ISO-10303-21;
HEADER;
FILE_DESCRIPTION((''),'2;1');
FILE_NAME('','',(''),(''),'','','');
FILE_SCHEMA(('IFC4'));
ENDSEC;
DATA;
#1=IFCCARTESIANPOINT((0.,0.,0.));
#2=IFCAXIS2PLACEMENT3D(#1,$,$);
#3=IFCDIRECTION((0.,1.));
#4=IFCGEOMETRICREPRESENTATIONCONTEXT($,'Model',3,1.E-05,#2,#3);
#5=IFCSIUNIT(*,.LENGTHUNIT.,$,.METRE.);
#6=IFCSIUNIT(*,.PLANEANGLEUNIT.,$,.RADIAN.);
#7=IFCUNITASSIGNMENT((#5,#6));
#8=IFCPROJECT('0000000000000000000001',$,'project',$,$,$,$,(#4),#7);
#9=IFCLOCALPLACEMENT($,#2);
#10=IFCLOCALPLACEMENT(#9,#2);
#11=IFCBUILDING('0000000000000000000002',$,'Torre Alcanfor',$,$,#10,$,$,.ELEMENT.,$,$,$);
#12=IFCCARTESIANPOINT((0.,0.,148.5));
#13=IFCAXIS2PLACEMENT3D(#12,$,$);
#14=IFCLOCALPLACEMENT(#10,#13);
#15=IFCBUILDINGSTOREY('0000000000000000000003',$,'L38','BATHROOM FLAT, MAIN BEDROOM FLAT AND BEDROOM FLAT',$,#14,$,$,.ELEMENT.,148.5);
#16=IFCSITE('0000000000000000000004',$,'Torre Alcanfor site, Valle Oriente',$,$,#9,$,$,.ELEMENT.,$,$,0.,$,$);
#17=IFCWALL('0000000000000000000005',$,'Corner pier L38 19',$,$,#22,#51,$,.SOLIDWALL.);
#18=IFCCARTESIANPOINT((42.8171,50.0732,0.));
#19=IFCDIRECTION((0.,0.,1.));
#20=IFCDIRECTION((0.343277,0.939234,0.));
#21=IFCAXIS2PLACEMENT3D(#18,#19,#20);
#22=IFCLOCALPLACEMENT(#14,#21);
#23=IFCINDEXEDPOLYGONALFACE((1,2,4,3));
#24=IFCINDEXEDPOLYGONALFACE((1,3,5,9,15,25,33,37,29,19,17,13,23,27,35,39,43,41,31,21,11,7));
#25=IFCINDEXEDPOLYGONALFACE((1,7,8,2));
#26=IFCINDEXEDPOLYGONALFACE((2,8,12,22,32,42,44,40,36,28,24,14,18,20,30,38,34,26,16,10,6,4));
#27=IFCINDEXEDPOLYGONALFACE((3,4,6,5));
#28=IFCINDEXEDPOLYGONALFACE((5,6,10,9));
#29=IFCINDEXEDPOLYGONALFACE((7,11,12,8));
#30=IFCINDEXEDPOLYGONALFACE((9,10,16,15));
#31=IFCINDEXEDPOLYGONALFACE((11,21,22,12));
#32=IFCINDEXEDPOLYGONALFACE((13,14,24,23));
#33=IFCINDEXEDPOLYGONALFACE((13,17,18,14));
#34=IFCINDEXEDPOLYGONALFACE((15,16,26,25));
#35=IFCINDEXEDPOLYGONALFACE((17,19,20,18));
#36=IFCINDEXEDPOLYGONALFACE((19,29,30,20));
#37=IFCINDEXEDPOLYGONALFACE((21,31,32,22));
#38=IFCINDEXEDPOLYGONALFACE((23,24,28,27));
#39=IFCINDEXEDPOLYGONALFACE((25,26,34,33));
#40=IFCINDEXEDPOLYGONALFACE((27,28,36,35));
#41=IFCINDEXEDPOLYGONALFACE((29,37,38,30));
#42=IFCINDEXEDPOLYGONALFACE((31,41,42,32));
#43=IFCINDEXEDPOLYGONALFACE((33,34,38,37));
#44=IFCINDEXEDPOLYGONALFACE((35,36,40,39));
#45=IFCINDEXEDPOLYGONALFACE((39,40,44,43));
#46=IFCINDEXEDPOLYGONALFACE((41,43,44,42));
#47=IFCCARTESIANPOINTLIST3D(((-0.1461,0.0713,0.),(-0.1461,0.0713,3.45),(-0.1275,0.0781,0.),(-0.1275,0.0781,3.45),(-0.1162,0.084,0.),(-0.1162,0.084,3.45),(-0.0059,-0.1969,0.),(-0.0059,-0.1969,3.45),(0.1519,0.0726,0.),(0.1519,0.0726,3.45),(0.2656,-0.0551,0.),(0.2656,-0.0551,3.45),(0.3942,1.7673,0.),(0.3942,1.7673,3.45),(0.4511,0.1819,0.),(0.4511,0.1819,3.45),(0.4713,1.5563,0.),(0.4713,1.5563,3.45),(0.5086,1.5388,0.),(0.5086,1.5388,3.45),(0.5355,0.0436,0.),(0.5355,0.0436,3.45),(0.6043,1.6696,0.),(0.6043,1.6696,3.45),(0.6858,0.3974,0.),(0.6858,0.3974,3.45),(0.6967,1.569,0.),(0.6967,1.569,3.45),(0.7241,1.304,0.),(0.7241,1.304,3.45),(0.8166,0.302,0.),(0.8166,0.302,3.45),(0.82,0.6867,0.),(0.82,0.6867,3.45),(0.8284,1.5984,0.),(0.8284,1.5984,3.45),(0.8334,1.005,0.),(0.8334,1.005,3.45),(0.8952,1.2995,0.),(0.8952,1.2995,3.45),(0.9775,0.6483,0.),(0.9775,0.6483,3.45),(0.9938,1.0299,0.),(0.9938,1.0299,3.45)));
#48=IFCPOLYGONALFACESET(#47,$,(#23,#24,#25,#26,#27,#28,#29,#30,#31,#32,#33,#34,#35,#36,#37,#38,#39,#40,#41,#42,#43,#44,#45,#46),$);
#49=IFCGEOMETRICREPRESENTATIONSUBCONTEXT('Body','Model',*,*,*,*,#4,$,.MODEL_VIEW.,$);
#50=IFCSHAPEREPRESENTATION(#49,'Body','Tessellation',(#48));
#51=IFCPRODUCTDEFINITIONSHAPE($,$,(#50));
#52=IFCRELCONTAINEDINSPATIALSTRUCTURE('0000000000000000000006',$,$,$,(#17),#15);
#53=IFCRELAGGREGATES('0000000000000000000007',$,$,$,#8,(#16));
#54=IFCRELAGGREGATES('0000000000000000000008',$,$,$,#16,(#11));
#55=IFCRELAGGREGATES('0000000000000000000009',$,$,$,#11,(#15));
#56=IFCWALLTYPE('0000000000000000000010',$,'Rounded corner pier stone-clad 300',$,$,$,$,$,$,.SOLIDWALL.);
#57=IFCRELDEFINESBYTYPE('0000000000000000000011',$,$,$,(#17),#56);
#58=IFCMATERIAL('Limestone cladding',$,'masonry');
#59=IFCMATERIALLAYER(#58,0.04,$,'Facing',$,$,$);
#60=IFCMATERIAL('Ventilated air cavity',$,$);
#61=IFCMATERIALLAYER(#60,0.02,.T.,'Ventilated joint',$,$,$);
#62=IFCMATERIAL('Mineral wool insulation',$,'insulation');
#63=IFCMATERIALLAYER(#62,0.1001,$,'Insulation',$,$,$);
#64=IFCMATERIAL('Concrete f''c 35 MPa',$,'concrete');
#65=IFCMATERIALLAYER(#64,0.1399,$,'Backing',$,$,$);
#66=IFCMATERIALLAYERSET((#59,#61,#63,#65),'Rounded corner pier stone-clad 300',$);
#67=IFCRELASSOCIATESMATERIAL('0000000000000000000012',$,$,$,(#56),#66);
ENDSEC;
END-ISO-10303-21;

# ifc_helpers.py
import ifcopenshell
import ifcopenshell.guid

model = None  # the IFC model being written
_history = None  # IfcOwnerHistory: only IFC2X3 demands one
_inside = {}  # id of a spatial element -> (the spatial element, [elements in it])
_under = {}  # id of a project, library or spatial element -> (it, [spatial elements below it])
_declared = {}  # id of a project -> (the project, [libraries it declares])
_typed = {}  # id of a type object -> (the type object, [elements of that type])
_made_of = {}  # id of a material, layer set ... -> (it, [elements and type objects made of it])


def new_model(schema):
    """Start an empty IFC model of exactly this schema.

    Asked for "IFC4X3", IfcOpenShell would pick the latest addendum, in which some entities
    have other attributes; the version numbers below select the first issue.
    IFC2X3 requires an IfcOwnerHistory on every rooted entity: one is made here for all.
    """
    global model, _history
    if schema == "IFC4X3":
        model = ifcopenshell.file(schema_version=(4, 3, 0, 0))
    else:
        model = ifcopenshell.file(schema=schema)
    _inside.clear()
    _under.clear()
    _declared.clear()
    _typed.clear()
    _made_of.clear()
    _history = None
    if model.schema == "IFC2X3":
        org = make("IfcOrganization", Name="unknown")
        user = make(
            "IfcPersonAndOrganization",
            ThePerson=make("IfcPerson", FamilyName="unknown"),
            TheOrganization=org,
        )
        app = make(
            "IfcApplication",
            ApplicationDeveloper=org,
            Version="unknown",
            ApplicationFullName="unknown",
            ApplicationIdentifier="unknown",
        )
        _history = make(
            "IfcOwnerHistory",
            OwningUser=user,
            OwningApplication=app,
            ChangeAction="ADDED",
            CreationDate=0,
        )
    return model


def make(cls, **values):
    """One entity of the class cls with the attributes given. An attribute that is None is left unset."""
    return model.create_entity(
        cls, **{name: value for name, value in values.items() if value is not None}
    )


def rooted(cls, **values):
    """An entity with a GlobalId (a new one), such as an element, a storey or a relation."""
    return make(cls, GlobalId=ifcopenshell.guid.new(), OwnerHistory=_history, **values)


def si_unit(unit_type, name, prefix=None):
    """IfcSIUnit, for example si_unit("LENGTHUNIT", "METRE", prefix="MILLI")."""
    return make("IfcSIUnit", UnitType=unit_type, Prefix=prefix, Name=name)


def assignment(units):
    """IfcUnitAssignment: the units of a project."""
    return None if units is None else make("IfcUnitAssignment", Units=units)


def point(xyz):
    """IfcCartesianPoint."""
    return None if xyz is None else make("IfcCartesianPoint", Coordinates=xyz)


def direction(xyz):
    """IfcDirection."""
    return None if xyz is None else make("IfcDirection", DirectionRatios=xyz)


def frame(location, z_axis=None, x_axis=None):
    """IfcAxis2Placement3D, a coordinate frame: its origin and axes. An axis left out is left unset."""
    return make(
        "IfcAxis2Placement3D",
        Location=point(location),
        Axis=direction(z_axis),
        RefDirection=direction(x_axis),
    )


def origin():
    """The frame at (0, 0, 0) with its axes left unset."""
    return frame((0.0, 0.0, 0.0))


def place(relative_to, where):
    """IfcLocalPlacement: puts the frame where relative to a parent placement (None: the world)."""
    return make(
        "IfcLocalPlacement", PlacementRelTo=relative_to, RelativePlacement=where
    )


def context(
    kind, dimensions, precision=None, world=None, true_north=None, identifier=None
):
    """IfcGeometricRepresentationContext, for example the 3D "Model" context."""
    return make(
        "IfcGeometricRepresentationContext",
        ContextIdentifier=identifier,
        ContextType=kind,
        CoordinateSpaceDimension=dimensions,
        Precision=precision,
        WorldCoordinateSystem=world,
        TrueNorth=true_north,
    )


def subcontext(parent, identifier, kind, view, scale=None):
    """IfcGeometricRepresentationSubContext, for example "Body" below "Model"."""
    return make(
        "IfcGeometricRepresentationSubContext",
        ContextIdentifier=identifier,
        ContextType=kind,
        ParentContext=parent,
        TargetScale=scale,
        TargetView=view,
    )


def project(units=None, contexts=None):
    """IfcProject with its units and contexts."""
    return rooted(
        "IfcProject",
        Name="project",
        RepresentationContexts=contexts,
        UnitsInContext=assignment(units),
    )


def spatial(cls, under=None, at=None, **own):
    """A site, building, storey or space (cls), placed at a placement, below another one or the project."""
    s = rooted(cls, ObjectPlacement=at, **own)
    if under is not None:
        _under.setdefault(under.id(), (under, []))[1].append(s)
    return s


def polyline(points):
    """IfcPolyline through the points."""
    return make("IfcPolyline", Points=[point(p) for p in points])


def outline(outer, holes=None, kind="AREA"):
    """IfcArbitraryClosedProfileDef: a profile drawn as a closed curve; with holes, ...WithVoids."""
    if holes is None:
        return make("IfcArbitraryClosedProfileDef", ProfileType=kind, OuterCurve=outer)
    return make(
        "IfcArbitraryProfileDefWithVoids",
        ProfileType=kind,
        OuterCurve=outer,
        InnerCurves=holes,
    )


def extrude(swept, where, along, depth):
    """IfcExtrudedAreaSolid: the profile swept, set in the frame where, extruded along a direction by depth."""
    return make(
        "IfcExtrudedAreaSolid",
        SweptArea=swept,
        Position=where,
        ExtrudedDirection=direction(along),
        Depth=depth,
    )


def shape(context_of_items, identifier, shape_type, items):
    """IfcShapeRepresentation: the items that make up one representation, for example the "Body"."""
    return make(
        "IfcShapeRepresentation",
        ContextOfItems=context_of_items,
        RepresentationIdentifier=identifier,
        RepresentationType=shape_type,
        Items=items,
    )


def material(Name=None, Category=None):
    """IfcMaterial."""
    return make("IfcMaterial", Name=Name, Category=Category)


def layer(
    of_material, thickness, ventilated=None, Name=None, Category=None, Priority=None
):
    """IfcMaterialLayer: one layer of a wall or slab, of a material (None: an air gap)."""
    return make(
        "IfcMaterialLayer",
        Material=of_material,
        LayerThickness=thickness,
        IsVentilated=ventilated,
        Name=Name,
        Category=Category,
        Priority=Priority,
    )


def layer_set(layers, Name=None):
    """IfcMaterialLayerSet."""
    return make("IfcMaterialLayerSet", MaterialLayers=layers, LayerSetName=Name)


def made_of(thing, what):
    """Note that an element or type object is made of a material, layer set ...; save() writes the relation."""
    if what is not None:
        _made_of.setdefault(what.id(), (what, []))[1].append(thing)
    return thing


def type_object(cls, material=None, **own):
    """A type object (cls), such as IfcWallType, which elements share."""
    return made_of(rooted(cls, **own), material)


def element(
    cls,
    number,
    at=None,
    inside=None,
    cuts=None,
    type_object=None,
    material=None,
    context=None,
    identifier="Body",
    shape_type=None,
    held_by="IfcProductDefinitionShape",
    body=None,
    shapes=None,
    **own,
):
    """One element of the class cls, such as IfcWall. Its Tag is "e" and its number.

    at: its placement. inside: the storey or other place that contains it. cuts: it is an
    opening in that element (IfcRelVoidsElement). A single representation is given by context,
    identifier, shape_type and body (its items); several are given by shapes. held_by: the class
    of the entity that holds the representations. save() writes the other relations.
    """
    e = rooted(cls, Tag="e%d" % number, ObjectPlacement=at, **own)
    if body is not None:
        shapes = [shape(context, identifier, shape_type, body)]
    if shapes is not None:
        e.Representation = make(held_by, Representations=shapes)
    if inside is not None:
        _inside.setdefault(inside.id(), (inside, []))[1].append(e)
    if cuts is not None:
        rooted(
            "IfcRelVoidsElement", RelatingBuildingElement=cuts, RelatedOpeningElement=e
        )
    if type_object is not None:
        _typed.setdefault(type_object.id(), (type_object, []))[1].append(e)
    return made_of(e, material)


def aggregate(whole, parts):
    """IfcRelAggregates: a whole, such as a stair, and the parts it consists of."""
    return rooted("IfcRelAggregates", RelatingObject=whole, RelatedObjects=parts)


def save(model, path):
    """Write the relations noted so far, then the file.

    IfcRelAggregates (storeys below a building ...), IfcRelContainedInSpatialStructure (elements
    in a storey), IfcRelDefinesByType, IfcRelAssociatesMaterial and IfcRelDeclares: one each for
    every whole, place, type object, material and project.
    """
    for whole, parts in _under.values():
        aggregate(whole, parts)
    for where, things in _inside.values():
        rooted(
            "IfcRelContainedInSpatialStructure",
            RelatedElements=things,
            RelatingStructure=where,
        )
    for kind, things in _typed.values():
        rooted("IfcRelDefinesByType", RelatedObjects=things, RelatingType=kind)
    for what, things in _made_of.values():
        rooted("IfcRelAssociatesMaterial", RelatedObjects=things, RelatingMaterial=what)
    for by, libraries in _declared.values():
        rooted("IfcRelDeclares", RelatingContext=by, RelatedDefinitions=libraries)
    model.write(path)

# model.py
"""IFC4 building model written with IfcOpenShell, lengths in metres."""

from ifc_helpers import new_model, si_unit, direction, frame, origin, place, context, subcontext, project, spatial, polyline, outline, extrude, material, layer, layer_set, type_object, element, save


model = new_model("IFC4")

# Units and contexts
model_context = context("Model", 3, precision=1e-05, world=origin(), true_north=direction((0.0, 1.0)))
body_context = subcontext(model_context, "Body", "Model", "MODEL_VIEW")
ifc_project = project(units=[si_unit("LENGTHUNIT", "METRE"), si_unit("PLANEANGLEUNIT", "RADIAN")], contexts=[model_context])

# Site, building, storey
site_placement = place(None, origin())
site = spatial("IfcSite", under=ifc_project, at=site_placement, Name="Torre Alcanfor site, Valle Oriente", CompositionType="ELEMENT", RefElevation=0.0)
building_placement = place(site_placement, origin())
building = spatial("IfcBuilding", under=site, at=building_placement, Name="Torre Alcanfor", CompositionType="ELEMENT")
storey_placement = place(building_placement, frame((0.0, 0.0, 148.5)))
storey = spatial("IfcBuildingStorey", under=building, at=storey_placement, Name="L38", Description="BATHROOM FLAT, MAIN BEDROOM FLAT AND BEDROOM FLAT", CompositionType="ELEMENT", Elevation=148.5)

# Shared definitions
ifc_material_1 = material(Name="Limestone cladding", Category="masonry")
ifc_material_2 = material(Name="Ventilated air cavity")
ifc_material_3 = material(Name="Mineral wool insulation", Category="insulation")
ifc_material_4 = material(Name="Concrete f'c 35 MPa", Category="concrete")

# Wall
ifc_layer_1 = layer(ifc_material_1, 0.04, Name="Facing")
ifc_layer_2 = layer(ifc_material_2, 0.02, ventilated=True, Name="Ventilated joint")
ifc_layer_3 = layer(ifc_material_3, 0.1001, Name="Insulation")
ifc_layer_4 = layer(ifc_material_4, 0.1399, Name="Backing")
ifc_layer_set_1 = layer_set([ifc_layer_1, ifc_layer_2, ifc_layer_3, ifc_layer_4], Name="Rounded corner pier stone-clad 300")
wall_type_1 = type_object("IfcWallType", Name="Rounded corner pier stone-clad 300", PredefinedType="SOLIDWALL", material=ifc_layer_set_1)
wall_1_placement = place(storey_placement, frame((42.8171, 50.0732, 0.0), z_axis=(0.0, 0.0, 1.0), x_axis=(0.343277, 0.939234, 0.0)))
element("IfcWall", 1, at=wall_1_placement, inside=storey, type_object=wall_type_1, Name="Corner pier L38 19", PredefinedType="SOLIDWALL", context=body_context, shape_type="SweptSolid", body=[
    extrude(outline(polyline([(0.2656, -0.0551), (0.5355, 0.0436), (0.8166, 0.302), (0.9775, 0.6483), (0.9938, 1.0299), (0.8952, 1.2995), (0.8284, 1.5984), (0.6967, 1.569), (0.6043, 1.6696), (0.3942, 1.7673), (0.4713, 1.5563), (0.5086, 1.5388), (0.7241, 1.304), (0.8334, 1.005), (0.82, 0.6867), (0.6858, 0.3974), (0.4511, 0.1819), (0.1519, 0.0726), (-0.1162, 0.084), (-0.1275, 0.0781), (-0.1461, 0.0713), (-0.0059, -0.1969), (0.2656, -0.0551)])), origin(), (0.0, 0.0, 1.0), 3.45),
])

save(model, "model.ifc")
